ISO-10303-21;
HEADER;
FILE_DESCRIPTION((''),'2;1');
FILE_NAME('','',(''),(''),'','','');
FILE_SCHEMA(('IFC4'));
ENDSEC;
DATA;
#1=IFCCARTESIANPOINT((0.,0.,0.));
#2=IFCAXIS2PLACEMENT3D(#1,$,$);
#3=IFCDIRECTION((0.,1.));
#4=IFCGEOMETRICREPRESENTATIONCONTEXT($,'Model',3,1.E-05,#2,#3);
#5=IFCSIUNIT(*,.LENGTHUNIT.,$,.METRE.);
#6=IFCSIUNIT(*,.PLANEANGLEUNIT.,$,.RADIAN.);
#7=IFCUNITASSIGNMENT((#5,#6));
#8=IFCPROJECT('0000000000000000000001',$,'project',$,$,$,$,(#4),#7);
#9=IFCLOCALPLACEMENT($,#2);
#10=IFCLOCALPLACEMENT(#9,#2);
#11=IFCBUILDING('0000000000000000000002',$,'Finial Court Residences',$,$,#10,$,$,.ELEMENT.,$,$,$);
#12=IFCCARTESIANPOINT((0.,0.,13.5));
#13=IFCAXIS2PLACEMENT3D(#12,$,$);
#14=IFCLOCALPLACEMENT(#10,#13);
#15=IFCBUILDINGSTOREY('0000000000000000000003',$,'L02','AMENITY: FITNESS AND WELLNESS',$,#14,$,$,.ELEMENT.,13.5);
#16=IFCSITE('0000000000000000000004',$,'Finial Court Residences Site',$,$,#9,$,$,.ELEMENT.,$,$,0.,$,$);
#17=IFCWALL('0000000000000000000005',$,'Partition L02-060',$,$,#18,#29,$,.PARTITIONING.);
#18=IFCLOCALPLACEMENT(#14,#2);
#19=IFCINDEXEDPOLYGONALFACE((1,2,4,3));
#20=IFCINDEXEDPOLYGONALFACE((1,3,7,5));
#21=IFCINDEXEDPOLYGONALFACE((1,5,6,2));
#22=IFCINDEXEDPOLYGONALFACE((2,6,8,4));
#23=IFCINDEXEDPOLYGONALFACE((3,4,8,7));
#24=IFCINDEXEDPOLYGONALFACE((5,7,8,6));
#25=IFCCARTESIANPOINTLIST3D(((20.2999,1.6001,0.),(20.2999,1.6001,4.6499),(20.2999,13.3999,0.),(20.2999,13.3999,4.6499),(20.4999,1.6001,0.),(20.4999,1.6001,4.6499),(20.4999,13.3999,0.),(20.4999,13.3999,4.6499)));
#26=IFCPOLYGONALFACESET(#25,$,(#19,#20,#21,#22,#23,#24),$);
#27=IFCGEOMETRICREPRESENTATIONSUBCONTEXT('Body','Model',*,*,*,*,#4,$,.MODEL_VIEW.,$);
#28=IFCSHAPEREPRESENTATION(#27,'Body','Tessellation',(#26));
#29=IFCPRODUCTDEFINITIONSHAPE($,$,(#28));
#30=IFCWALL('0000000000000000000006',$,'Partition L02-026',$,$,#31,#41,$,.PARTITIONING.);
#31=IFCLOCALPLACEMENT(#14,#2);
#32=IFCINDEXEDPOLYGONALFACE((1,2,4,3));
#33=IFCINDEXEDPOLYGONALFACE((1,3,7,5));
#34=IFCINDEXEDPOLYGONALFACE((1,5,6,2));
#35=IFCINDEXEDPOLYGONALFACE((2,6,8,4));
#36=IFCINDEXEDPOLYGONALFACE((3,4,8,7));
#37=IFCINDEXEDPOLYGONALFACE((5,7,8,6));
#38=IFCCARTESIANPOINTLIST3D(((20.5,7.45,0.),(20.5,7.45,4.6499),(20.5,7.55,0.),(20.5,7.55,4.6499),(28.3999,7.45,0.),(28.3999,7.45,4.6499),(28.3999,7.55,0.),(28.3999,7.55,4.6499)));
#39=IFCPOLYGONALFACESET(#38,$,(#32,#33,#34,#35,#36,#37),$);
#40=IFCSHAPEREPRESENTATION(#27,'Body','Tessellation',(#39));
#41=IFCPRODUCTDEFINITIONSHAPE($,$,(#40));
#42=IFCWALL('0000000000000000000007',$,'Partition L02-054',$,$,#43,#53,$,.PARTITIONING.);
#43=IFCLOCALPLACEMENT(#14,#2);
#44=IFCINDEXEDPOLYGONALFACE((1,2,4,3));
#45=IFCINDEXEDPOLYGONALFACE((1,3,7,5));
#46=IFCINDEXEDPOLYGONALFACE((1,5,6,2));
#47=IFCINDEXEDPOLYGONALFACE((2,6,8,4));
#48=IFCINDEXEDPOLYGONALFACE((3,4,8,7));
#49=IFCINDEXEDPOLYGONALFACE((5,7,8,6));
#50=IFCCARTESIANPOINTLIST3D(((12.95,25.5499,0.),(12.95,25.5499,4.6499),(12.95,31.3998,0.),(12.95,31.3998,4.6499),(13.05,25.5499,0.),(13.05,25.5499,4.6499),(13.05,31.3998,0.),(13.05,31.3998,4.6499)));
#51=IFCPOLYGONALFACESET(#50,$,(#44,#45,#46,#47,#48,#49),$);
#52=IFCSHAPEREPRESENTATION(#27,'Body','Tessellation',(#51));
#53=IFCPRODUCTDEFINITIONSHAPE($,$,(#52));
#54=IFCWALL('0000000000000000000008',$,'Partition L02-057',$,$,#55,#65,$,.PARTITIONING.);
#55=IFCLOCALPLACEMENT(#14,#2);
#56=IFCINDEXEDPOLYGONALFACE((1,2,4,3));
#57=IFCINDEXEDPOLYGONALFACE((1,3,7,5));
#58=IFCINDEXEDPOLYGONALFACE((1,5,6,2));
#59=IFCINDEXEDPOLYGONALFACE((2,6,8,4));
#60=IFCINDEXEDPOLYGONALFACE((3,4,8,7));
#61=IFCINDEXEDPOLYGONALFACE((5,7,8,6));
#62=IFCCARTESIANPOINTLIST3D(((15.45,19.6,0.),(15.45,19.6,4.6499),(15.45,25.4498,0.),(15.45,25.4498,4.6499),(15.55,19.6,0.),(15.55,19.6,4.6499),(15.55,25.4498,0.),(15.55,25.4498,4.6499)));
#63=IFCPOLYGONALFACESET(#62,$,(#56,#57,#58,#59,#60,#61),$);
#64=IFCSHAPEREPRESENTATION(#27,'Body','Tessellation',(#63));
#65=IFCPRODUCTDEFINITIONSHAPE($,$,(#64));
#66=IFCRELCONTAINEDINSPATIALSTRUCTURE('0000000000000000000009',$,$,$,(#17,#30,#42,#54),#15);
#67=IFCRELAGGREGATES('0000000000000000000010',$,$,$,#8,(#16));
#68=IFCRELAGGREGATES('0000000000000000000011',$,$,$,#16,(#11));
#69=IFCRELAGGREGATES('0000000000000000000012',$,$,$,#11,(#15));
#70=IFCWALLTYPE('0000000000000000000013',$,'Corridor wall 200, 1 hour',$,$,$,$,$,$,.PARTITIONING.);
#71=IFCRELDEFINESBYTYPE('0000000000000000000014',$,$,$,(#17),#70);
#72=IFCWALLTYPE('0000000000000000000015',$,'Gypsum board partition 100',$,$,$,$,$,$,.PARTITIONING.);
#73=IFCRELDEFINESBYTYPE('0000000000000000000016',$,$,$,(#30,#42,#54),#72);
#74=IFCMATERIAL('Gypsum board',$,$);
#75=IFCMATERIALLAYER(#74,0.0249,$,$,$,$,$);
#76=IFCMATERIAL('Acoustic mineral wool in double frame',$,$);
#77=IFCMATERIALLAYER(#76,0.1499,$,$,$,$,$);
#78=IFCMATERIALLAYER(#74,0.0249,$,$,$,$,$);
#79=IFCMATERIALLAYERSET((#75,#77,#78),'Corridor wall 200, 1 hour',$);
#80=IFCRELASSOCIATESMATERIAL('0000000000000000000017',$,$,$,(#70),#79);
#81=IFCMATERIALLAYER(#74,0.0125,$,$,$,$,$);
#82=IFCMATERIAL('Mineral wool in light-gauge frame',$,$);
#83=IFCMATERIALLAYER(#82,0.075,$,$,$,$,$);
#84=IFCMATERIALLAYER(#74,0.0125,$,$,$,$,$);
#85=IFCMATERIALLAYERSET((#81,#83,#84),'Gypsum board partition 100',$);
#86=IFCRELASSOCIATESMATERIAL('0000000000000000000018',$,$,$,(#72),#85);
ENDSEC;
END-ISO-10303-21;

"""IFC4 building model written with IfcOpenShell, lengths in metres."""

from ifc_helpers import new_model, si_unit, direction, frame, frame_2d, origin, place, context, subcontext, project, spatial, rectangle, extrude, material, layer, layer_set, type_object, element, save


model = new_model("IFC4")

# Units and contexts
model_context = context("Model", 3, precision=1e-05, world=origin(), true_north=direction((0.0, 1.0)))
body_context = subcontext(model_context, "Body", "Model", "MODEL_VIEW")
ifc_project = project(units=[si_unit("LENGTHUNIT", "METRE"), si_unit("PLANEANGLEUNIT", "RADIAN")], contexts=[model_context])

# Site, building, storey
site_placement = place(None, origin())
site = spatial("IfcSite", under=ifc_project, at=site_placement, Name="Finial Court Residences Site", CompositionType="ELEMENT", RefElevation=0.0)
building_placement = place(site_placement, origin())
building = spatial("IfcBuilding", under=site, at=building_placement, Name="Finial Court Residences", CompositionType="ELEMENT")
storey_placement = place(building_placement, frame((0.0, 0.0, 13.5)))
storey = spatial("IfcBuildingStorey", under=building, at=storey_placement, Name="L02", Description="AMENITY: FITNESS AND WELLNESS", CompositionType="ELEMENT", Elevation=13.5)

# Shared definitions
ifc_material_1 = material(Name="Gypsum board")
ifc_layer_1 = layer(ifc_material_1, 0.0249)
ifc_material_2 = material(Name="Acoustic mineral wool in double frame")
ifc_layer_2 = layer(ifc_material_2, 0.1499)
ifc_layer_3 = layer(ifc_material_1, 0.0249)
ifc_layer_set_1 = layer_set([ifc_layer_1, ifc_layer_2, ifc_layer_3], Name="Corridor wall 200, 1 hour")
wall_type_1 = type_object("IfcWallType", Name="Corridor wall 200, 1 hour", PredefinedType="PARTITIONING", material=ifc_layer_set_1)

# Walls
for number, where, z_axis, x_axis, name in (
    (1, (20.3999, 1.6001, 0.0), (0.0, 0.0, 1.0), (0.0, 1.0, 0.0), "Partition L02-060"),
):
    element("IfcWall", number, at=place(storey_placement, frame(where, z_axis=z_axis, x_axis=x_axis)), inside=storey, type_object=wall_type_1, Name=name, PredefinedType="PARTITIONING", context=body_context, shape_type="SweptSolid", body=[
        extrude(rectangle(XDim=11.7998, YDim=0.2, at=frame_2d((5.8999, 0.0))), origin(), (0.0, 0.0, 1.0), 4.6499),
    ])
ifc_layer_4 = layer(ifc_material_1, 0.0125)
ifc_material_3 = material(Name="Mineral wool in light-gauge frame")
ifc_layer_5 = layer(ifc_material_3, 0.075)
ifc_layer_6 = layer(ifc_material_1, 0.0125)
ifc_layer_set_2 = layer_set([ifc_layer_4, ifc_layer_5, ifc_layer_6], Name="Gypsum board partition 100")
wall_type_2 = type_object("IfcWallType", Name="Gypsum board partition 100", PredefinedType="PARTITIONING", material=ifc_layer_set_2)
wall_1_placement = place(storey_placement, frame((20.5, 7.5, 0.0), z_axis=(0.0, 0.0, 1.0), x_axis=(1.0, 0.0, 0.0)))
element("IfcWall", 2, at=wall_1_placement, inside=storey, type_object=wall_type_2, Name="Partition L02-026", PredefinedType="PARTITIONING", context=body_context, shape_type="SweptSolid", body=[
    extrude(rectangle(XDim=7.8999, YDim=0.1001, at=frame_2d((3.95, 0.0))), origin(), (0.0, 0.0, 1.0), 4.6499),
])
for number, where, z_axis, x_axis, name in (
    (3, (13.0, 25.55, 0.0), (0.0, 0.0, 1.0), (0.0, 1.0, 0.0), "Partition L02-054"),
    (4, (15.5, 19.6001, 0.0), (0.0, 0.0, 1.0), (0.0, 1.0, 0.0), "Partition L02-057"),
):
    element("IfcWall", number, at=place(storey_placement, frame(where, z_axis=z_axis, x_axis=x_axis)), inside=storey, type_object=wall_type_2, Name=name, PredefinedType="PARTITIONING", context=body_context, shape_type="SweptSolid", body=[
        extrude(rectangle(XDim=5.8499, YDim=0.1001, at=frame_2d((2.9248, 0.0))), origin(), (0.0, 0.0, 1.0), 4.6499),
    ])

save(model, "model.ifc")
